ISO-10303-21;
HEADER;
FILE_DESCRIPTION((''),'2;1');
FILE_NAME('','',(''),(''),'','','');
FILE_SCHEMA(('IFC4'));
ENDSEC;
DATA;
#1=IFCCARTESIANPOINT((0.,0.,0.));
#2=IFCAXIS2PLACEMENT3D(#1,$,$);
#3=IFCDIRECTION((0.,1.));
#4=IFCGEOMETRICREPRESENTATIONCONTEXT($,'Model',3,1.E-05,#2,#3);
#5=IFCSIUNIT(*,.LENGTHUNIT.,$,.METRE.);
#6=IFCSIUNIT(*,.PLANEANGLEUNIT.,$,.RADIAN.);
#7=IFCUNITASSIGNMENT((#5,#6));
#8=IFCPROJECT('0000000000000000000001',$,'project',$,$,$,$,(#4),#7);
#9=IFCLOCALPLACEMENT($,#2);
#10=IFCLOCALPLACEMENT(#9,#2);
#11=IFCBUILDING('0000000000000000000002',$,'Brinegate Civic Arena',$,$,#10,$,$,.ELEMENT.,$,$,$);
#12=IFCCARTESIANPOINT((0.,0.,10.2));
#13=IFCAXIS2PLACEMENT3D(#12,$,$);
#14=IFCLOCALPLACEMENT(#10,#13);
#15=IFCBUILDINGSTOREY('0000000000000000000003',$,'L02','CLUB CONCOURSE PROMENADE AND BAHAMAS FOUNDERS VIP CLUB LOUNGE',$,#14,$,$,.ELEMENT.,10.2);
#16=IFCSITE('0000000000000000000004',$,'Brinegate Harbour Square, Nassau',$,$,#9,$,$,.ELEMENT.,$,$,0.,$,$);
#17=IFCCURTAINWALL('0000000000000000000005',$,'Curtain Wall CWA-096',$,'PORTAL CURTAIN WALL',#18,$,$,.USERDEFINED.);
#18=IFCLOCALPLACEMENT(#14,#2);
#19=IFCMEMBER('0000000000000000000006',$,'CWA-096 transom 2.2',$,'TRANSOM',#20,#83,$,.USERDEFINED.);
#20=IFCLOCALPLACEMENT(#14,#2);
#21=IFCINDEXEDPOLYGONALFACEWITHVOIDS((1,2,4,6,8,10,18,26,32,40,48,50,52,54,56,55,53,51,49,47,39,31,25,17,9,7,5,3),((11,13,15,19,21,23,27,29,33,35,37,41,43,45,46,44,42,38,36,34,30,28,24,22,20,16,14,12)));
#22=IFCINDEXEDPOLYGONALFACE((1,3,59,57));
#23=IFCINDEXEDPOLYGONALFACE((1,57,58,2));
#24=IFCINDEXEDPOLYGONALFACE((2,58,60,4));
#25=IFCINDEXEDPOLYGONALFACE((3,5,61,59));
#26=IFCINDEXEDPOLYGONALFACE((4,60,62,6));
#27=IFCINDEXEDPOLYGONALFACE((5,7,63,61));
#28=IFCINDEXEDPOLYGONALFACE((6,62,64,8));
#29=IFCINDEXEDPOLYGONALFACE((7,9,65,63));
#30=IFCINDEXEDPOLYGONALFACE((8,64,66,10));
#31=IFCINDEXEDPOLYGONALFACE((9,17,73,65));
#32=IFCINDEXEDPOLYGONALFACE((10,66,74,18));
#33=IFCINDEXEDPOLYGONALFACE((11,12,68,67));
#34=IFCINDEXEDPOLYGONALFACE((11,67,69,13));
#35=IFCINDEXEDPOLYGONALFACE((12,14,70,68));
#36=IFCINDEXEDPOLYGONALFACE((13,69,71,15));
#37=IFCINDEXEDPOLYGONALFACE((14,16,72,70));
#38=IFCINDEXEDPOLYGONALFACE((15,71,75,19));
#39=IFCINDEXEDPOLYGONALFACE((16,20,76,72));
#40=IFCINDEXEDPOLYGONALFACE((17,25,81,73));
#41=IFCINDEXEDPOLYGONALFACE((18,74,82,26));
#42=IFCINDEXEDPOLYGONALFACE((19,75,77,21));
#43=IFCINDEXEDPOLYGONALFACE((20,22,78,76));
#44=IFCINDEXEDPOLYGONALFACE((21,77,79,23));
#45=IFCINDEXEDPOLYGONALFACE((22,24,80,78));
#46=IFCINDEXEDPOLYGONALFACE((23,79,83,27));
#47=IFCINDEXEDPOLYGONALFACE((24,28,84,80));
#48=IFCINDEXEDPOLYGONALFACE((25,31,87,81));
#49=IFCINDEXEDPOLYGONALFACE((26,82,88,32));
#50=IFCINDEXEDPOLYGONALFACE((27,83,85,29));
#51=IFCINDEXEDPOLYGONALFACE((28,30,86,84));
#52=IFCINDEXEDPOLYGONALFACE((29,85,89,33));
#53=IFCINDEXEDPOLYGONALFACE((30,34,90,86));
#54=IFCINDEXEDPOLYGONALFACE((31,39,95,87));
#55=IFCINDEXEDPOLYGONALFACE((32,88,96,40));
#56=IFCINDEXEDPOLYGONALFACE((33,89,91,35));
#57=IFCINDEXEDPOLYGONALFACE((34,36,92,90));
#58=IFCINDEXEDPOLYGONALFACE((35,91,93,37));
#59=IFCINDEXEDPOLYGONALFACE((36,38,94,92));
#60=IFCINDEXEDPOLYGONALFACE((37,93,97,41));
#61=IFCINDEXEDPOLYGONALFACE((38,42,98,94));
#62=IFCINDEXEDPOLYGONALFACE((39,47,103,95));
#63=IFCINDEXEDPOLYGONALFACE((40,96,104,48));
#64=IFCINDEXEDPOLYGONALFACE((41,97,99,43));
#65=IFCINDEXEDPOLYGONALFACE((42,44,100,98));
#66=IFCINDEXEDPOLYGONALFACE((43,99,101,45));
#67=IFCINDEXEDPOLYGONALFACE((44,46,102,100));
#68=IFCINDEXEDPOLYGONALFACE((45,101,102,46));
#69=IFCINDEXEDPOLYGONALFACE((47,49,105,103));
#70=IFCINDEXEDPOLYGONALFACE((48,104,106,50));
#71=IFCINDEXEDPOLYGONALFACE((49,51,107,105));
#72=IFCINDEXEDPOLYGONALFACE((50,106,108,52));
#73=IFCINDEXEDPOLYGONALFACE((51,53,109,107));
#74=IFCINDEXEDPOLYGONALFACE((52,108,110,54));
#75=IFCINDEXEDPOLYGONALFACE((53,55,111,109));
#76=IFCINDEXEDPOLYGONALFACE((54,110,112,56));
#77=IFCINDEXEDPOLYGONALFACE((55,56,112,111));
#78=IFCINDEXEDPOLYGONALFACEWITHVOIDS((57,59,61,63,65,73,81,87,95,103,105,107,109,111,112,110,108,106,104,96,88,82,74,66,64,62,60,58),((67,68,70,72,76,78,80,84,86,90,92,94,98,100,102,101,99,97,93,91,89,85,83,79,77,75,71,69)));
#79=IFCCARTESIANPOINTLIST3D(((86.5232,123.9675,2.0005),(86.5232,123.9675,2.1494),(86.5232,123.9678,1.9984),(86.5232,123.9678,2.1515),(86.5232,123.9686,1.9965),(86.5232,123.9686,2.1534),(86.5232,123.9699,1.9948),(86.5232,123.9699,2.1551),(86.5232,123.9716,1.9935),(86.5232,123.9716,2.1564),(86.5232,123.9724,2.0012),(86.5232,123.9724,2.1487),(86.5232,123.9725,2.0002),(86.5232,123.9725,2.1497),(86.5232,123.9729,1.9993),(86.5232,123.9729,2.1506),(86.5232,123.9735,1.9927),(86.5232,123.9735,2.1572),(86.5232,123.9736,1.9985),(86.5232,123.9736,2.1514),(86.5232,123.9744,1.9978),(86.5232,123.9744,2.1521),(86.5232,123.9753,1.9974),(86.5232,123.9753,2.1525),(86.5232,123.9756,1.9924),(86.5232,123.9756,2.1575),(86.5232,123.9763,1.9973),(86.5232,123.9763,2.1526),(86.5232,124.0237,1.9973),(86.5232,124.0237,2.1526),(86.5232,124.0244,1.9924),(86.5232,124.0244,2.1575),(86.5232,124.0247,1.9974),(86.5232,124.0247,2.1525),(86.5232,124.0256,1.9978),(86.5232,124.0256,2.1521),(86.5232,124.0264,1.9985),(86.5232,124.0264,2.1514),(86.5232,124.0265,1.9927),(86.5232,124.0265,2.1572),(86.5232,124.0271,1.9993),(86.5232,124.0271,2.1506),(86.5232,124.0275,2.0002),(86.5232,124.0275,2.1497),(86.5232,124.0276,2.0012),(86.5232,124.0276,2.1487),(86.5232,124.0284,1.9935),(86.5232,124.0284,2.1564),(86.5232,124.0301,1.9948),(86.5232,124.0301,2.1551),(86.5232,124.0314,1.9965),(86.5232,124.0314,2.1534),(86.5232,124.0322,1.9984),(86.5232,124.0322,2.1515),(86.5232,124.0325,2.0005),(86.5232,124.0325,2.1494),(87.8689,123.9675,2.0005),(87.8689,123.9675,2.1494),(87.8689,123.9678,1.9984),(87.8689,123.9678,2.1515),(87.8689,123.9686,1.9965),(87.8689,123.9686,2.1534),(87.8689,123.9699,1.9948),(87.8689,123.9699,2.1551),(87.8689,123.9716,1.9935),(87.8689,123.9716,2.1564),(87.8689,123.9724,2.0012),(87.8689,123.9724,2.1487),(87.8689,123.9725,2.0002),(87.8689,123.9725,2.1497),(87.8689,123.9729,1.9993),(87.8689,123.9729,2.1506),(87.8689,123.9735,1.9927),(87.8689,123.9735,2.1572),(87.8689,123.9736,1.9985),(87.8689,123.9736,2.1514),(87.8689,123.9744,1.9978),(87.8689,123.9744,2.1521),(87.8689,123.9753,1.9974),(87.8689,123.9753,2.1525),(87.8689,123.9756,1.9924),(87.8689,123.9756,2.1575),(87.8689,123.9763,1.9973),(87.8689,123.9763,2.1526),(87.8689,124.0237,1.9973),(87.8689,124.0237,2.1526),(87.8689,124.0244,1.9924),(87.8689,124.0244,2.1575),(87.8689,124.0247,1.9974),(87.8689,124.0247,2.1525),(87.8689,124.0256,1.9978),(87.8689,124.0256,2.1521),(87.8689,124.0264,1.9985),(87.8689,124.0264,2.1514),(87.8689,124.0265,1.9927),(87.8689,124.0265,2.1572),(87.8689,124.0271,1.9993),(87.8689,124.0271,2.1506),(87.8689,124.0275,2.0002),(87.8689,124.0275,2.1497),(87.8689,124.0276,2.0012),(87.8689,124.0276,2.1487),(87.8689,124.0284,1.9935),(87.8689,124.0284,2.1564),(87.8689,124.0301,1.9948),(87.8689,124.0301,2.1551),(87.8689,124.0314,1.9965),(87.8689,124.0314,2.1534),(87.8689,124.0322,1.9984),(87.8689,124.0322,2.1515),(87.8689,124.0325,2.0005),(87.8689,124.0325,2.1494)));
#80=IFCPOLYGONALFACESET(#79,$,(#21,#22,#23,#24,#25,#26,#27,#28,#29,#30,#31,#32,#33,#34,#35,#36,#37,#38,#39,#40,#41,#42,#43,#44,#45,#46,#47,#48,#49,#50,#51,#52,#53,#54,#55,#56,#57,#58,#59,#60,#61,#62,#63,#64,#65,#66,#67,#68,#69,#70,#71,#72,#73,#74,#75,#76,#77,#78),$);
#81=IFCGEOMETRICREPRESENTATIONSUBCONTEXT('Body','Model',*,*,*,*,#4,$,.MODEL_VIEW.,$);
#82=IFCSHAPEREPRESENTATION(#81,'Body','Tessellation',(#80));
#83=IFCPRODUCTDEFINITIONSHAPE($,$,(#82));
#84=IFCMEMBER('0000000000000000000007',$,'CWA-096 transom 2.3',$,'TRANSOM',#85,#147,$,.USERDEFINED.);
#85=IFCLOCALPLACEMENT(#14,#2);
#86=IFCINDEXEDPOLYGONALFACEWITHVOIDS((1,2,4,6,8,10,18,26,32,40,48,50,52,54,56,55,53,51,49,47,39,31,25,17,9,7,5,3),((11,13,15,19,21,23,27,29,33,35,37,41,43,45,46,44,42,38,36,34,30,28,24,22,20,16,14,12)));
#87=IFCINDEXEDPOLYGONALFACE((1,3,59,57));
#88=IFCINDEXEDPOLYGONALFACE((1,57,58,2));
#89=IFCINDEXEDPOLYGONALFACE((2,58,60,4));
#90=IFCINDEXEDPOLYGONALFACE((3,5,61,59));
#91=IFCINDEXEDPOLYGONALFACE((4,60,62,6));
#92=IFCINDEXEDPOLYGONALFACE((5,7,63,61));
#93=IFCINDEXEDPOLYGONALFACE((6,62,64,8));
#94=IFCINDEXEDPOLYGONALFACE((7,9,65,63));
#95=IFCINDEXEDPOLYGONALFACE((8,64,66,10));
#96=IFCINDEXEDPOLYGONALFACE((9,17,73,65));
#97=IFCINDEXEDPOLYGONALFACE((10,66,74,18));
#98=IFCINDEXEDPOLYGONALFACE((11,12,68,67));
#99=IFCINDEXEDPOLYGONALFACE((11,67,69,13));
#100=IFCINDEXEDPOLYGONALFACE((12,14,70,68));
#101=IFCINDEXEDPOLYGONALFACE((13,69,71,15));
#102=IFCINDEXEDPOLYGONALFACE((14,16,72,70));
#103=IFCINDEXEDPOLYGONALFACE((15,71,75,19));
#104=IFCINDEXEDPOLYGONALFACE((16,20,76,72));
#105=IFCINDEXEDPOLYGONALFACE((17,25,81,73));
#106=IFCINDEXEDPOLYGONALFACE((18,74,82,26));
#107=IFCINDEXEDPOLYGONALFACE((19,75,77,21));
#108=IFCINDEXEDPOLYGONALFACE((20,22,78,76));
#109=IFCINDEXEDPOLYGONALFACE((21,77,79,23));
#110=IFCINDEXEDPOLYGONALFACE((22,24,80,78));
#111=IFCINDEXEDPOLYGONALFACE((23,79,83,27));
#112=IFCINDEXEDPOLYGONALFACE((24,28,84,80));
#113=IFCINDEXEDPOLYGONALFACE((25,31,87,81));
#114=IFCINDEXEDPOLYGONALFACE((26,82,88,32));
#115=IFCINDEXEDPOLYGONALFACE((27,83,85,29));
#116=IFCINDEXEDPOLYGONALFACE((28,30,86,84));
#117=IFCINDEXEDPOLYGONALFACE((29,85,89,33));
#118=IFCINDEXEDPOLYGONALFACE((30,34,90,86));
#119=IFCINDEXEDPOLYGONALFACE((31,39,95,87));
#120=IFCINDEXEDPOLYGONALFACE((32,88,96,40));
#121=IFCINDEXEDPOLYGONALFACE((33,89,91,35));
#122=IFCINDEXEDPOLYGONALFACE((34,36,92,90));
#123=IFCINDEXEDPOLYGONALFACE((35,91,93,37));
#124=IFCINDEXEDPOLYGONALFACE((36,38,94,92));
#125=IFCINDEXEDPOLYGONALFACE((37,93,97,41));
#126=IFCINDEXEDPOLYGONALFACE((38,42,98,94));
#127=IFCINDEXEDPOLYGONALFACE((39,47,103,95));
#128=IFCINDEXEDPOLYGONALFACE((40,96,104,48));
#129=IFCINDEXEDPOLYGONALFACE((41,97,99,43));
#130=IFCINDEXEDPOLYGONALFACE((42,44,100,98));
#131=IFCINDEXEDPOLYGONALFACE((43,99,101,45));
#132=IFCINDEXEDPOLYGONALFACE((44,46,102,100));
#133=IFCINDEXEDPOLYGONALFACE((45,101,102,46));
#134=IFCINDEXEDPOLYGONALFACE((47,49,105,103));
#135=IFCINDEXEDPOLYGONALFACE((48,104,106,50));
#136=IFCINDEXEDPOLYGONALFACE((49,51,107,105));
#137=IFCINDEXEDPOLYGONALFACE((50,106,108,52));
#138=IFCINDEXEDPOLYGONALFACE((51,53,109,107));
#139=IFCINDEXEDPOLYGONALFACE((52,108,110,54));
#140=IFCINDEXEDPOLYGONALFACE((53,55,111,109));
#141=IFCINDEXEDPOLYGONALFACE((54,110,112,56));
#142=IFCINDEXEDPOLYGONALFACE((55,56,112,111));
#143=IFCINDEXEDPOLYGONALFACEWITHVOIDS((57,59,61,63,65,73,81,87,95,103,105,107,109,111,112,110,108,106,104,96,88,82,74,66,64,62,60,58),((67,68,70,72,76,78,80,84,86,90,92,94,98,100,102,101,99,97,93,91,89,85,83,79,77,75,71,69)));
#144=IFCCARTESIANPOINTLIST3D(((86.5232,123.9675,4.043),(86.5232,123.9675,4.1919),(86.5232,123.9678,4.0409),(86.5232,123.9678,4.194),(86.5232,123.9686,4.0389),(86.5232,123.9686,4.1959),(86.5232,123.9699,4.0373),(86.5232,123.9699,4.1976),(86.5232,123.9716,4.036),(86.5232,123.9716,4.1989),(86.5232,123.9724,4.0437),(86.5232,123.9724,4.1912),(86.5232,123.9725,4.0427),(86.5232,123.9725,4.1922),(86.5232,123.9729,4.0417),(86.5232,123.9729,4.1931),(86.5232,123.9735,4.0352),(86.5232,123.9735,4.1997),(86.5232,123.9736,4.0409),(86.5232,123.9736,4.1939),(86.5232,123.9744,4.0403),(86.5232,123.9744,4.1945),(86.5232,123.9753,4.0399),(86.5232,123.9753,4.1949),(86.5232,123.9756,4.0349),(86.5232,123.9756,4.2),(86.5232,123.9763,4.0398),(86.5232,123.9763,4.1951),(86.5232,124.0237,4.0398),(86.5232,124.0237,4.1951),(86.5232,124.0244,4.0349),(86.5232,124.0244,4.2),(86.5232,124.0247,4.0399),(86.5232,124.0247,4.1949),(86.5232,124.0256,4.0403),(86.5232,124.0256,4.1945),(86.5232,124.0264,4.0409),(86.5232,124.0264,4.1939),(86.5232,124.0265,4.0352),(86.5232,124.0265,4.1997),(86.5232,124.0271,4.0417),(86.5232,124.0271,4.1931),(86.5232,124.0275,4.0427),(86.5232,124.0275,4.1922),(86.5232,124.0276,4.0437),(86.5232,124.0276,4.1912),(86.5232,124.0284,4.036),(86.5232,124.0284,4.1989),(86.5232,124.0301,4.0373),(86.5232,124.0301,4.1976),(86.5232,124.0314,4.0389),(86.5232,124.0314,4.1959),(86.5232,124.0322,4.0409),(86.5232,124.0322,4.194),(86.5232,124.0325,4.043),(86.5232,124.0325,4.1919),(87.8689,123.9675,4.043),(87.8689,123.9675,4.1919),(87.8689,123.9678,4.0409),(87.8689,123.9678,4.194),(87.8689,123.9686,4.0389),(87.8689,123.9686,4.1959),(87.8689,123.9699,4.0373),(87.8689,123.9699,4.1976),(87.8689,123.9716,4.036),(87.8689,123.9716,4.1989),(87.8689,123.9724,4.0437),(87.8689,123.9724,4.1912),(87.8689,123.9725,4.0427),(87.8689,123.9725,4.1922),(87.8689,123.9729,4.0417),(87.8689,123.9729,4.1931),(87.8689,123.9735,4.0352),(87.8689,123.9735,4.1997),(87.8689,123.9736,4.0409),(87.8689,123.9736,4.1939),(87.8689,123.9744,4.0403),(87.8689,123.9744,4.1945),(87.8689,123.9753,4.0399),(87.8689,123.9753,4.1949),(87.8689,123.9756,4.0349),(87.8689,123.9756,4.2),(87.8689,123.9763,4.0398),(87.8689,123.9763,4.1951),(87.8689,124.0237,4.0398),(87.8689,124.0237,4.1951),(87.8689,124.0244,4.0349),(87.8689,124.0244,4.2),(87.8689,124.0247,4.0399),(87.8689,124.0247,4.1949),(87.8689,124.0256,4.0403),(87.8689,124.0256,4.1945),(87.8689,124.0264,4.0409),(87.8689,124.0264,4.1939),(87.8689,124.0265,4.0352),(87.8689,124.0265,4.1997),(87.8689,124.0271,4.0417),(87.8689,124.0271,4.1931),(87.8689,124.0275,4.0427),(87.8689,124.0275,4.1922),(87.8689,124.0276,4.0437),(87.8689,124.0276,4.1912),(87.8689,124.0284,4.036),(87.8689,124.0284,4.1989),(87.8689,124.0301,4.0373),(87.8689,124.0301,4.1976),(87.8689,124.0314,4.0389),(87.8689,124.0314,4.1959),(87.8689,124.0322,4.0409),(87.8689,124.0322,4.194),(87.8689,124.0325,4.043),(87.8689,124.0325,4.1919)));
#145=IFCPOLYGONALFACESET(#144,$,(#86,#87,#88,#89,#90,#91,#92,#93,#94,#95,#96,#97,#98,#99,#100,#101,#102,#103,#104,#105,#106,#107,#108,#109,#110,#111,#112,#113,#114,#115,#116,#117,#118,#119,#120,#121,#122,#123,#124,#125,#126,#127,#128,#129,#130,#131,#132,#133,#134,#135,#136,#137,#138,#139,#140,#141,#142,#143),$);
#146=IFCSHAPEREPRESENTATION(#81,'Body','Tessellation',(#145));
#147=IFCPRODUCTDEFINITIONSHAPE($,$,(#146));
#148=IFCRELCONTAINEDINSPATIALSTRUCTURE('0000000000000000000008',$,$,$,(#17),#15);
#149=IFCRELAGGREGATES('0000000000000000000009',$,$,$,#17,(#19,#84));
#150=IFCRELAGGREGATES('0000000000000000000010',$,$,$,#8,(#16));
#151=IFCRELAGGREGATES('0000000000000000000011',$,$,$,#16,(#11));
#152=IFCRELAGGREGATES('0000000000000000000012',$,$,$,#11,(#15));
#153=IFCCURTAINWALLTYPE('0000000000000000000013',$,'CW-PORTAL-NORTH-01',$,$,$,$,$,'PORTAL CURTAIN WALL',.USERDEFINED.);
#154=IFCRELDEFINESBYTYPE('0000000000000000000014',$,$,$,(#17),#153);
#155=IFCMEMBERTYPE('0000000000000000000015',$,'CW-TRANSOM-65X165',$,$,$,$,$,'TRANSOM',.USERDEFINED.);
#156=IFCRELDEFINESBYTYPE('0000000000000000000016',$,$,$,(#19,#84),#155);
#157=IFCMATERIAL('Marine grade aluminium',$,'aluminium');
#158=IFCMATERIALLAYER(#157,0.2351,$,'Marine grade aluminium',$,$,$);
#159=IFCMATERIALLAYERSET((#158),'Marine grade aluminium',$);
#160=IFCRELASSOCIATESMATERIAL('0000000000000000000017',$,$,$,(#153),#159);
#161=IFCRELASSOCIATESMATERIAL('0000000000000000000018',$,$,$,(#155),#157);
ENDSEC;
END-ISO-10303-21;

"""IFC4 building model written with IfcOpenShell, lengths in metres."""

from ifc_helpers import new_model, si_unit, direction, frame, origin, origin_2d, place, context, subcontext, project, spatial, hollow_rectangle, extrude, material, layer, layer_set, material_profile, profile_set, type_object, element, aggregate, save


model = new_model("IFC4")

# Units and contexts
model_context = context("Model", 3, precision=1e-05, world=origin(), true_north=direction((0.0, 1.0)))
body_context = subcontext(model_context, "Body", "Model", "MODEL_VIEW")
ifc_project = project(units=[si_unit("LENGTHUNIT", "METRE"), si_unit("PLANEANGLEUNIT", "RADIAN")], contexts=[model_context])

# Site, building, storey
site_placement = place(None, origin())
site = spatial("IfcSite", under=ifc_project, at=site_placement, Name="Brinegate Harbour Square, Nassau", CompositionType="ELEMENT", RefElevation=0.0)
building_placement = place(site_placement, origin())
building = spatial("IfcBuilding", under=site, at=building_placement, Name="Brinegate Civic Arena", CompositionType="ELEMENT")
storey_placement = place(building_placement, frame((0.0, 0.0, 10.2)))
storey = spatial("IfcBuildingStorey", under=building, at=storey_placement, Name="L02", Description="CLUB CONCOURSE PROMENADE AND BAHAMAS FOUNDERS VIP CLUB LOUNGE", CompositionType="ELEMENT", Elevation=10.2)

# Curtain wall, members
ifc_material_1 = material(Name="Marine grade aluminium", Category="aluminium")
ifc_layer_1 = layer(ifc_material_1, 0.2351, Name="Marine grade aluminium")
ifc_layer_set_1 = layer_set([ifc_layer_1], Name="Marine grade aluminium")
curtain_wall_type = type_object("IfcCurtainWallType", Name="CW-PORTAL-NORTH-01", ElementType="PORTAL CURTAIN WALL", PredefinedType="USERDEFINED", material=ifc_layer_set_1)
curtain_wall_placement = place(storey_placement, origin())
curtain_wall = element("IfcCurtainWall", 1, at=curtain_wall_placement, inside=storey, type_object=curtain_wall_type, Name="Curtain Wall CWA-096", ObjectType="PORTAL CURTAIN WALL", PredefinedType="USERDEFINED")
ifc_material_profile_1 = material_profile(ifc_material_1, hollow_rectangle(XDim=0.0649, YDim=0.165, WallThickness=0.0049, InnerFilletRadius=0.0039, OuterFilletRadius=0.0081, at=origin_2d()), Name="TRN65X165")
ifc_profile_set_1 = profile_set([ifc_material_profile_1], Name="Marine grade aluminium")
member_type_1 = type_object("IfcMemberType", Name="CW-TRANSOM-65X165", ElementType="TRANSOM", PredefinedType="USERDEFINED", material=ifc_profile_set_1)
member_1_placement = place(storey_placement, frame((86.5232, 124.0, 2.075), z_axis=(1.0, 0.0, 0.0), x_axis=(0.0, 1.0, 0.0)))
member_1 = element("IfcMember", 2, at=member_1_placement, type_object=member_type_1, Name="CWA-096 transom 2.2", ObjectType="TRANSOM", PredefinedType="USERDEFINED", context=body_context, shape_type="SweptSolid", body=[
    extrude(hollow_rectangle(XDim=0.0649, YDim=0.165, WallThickness=0.0049, InnerFilletRadius=0.0039, OuterFilletRadius=0.0081, at=origin_2d()), origin(), (0.0, 0.0, 1.0), 1.3457),
])
member_2_placement = place(storey_placement, frame((86.5232, 124.0, 4.1174), z_axis=(1.0, 0.0, 0.0), x_axis=(0.0, 1.0, 0.0)))
member_2 = element("IfcMember", 3, at=member_2_placement, type_object=member_type_1, Name="CWA-096 transom 2.3", ObjectType="TRANSOM", PredefinedType="USERDEFINED", context=body_context, shape_type="SweptSolid", body=[
    extrude(hollow_rectangle(XDim=0.0649, YDim=0.165, WallThickness=0.0049, InnerFilletRadius=0.0039, OuterFilletRadius=0.0081, at=origin_2d()), origin(), (0.0, 0.0, 1.0), 1.3457),
])

aggregate(curtain_wall, [member_1, member_2])

save(model, "model.ifc")
